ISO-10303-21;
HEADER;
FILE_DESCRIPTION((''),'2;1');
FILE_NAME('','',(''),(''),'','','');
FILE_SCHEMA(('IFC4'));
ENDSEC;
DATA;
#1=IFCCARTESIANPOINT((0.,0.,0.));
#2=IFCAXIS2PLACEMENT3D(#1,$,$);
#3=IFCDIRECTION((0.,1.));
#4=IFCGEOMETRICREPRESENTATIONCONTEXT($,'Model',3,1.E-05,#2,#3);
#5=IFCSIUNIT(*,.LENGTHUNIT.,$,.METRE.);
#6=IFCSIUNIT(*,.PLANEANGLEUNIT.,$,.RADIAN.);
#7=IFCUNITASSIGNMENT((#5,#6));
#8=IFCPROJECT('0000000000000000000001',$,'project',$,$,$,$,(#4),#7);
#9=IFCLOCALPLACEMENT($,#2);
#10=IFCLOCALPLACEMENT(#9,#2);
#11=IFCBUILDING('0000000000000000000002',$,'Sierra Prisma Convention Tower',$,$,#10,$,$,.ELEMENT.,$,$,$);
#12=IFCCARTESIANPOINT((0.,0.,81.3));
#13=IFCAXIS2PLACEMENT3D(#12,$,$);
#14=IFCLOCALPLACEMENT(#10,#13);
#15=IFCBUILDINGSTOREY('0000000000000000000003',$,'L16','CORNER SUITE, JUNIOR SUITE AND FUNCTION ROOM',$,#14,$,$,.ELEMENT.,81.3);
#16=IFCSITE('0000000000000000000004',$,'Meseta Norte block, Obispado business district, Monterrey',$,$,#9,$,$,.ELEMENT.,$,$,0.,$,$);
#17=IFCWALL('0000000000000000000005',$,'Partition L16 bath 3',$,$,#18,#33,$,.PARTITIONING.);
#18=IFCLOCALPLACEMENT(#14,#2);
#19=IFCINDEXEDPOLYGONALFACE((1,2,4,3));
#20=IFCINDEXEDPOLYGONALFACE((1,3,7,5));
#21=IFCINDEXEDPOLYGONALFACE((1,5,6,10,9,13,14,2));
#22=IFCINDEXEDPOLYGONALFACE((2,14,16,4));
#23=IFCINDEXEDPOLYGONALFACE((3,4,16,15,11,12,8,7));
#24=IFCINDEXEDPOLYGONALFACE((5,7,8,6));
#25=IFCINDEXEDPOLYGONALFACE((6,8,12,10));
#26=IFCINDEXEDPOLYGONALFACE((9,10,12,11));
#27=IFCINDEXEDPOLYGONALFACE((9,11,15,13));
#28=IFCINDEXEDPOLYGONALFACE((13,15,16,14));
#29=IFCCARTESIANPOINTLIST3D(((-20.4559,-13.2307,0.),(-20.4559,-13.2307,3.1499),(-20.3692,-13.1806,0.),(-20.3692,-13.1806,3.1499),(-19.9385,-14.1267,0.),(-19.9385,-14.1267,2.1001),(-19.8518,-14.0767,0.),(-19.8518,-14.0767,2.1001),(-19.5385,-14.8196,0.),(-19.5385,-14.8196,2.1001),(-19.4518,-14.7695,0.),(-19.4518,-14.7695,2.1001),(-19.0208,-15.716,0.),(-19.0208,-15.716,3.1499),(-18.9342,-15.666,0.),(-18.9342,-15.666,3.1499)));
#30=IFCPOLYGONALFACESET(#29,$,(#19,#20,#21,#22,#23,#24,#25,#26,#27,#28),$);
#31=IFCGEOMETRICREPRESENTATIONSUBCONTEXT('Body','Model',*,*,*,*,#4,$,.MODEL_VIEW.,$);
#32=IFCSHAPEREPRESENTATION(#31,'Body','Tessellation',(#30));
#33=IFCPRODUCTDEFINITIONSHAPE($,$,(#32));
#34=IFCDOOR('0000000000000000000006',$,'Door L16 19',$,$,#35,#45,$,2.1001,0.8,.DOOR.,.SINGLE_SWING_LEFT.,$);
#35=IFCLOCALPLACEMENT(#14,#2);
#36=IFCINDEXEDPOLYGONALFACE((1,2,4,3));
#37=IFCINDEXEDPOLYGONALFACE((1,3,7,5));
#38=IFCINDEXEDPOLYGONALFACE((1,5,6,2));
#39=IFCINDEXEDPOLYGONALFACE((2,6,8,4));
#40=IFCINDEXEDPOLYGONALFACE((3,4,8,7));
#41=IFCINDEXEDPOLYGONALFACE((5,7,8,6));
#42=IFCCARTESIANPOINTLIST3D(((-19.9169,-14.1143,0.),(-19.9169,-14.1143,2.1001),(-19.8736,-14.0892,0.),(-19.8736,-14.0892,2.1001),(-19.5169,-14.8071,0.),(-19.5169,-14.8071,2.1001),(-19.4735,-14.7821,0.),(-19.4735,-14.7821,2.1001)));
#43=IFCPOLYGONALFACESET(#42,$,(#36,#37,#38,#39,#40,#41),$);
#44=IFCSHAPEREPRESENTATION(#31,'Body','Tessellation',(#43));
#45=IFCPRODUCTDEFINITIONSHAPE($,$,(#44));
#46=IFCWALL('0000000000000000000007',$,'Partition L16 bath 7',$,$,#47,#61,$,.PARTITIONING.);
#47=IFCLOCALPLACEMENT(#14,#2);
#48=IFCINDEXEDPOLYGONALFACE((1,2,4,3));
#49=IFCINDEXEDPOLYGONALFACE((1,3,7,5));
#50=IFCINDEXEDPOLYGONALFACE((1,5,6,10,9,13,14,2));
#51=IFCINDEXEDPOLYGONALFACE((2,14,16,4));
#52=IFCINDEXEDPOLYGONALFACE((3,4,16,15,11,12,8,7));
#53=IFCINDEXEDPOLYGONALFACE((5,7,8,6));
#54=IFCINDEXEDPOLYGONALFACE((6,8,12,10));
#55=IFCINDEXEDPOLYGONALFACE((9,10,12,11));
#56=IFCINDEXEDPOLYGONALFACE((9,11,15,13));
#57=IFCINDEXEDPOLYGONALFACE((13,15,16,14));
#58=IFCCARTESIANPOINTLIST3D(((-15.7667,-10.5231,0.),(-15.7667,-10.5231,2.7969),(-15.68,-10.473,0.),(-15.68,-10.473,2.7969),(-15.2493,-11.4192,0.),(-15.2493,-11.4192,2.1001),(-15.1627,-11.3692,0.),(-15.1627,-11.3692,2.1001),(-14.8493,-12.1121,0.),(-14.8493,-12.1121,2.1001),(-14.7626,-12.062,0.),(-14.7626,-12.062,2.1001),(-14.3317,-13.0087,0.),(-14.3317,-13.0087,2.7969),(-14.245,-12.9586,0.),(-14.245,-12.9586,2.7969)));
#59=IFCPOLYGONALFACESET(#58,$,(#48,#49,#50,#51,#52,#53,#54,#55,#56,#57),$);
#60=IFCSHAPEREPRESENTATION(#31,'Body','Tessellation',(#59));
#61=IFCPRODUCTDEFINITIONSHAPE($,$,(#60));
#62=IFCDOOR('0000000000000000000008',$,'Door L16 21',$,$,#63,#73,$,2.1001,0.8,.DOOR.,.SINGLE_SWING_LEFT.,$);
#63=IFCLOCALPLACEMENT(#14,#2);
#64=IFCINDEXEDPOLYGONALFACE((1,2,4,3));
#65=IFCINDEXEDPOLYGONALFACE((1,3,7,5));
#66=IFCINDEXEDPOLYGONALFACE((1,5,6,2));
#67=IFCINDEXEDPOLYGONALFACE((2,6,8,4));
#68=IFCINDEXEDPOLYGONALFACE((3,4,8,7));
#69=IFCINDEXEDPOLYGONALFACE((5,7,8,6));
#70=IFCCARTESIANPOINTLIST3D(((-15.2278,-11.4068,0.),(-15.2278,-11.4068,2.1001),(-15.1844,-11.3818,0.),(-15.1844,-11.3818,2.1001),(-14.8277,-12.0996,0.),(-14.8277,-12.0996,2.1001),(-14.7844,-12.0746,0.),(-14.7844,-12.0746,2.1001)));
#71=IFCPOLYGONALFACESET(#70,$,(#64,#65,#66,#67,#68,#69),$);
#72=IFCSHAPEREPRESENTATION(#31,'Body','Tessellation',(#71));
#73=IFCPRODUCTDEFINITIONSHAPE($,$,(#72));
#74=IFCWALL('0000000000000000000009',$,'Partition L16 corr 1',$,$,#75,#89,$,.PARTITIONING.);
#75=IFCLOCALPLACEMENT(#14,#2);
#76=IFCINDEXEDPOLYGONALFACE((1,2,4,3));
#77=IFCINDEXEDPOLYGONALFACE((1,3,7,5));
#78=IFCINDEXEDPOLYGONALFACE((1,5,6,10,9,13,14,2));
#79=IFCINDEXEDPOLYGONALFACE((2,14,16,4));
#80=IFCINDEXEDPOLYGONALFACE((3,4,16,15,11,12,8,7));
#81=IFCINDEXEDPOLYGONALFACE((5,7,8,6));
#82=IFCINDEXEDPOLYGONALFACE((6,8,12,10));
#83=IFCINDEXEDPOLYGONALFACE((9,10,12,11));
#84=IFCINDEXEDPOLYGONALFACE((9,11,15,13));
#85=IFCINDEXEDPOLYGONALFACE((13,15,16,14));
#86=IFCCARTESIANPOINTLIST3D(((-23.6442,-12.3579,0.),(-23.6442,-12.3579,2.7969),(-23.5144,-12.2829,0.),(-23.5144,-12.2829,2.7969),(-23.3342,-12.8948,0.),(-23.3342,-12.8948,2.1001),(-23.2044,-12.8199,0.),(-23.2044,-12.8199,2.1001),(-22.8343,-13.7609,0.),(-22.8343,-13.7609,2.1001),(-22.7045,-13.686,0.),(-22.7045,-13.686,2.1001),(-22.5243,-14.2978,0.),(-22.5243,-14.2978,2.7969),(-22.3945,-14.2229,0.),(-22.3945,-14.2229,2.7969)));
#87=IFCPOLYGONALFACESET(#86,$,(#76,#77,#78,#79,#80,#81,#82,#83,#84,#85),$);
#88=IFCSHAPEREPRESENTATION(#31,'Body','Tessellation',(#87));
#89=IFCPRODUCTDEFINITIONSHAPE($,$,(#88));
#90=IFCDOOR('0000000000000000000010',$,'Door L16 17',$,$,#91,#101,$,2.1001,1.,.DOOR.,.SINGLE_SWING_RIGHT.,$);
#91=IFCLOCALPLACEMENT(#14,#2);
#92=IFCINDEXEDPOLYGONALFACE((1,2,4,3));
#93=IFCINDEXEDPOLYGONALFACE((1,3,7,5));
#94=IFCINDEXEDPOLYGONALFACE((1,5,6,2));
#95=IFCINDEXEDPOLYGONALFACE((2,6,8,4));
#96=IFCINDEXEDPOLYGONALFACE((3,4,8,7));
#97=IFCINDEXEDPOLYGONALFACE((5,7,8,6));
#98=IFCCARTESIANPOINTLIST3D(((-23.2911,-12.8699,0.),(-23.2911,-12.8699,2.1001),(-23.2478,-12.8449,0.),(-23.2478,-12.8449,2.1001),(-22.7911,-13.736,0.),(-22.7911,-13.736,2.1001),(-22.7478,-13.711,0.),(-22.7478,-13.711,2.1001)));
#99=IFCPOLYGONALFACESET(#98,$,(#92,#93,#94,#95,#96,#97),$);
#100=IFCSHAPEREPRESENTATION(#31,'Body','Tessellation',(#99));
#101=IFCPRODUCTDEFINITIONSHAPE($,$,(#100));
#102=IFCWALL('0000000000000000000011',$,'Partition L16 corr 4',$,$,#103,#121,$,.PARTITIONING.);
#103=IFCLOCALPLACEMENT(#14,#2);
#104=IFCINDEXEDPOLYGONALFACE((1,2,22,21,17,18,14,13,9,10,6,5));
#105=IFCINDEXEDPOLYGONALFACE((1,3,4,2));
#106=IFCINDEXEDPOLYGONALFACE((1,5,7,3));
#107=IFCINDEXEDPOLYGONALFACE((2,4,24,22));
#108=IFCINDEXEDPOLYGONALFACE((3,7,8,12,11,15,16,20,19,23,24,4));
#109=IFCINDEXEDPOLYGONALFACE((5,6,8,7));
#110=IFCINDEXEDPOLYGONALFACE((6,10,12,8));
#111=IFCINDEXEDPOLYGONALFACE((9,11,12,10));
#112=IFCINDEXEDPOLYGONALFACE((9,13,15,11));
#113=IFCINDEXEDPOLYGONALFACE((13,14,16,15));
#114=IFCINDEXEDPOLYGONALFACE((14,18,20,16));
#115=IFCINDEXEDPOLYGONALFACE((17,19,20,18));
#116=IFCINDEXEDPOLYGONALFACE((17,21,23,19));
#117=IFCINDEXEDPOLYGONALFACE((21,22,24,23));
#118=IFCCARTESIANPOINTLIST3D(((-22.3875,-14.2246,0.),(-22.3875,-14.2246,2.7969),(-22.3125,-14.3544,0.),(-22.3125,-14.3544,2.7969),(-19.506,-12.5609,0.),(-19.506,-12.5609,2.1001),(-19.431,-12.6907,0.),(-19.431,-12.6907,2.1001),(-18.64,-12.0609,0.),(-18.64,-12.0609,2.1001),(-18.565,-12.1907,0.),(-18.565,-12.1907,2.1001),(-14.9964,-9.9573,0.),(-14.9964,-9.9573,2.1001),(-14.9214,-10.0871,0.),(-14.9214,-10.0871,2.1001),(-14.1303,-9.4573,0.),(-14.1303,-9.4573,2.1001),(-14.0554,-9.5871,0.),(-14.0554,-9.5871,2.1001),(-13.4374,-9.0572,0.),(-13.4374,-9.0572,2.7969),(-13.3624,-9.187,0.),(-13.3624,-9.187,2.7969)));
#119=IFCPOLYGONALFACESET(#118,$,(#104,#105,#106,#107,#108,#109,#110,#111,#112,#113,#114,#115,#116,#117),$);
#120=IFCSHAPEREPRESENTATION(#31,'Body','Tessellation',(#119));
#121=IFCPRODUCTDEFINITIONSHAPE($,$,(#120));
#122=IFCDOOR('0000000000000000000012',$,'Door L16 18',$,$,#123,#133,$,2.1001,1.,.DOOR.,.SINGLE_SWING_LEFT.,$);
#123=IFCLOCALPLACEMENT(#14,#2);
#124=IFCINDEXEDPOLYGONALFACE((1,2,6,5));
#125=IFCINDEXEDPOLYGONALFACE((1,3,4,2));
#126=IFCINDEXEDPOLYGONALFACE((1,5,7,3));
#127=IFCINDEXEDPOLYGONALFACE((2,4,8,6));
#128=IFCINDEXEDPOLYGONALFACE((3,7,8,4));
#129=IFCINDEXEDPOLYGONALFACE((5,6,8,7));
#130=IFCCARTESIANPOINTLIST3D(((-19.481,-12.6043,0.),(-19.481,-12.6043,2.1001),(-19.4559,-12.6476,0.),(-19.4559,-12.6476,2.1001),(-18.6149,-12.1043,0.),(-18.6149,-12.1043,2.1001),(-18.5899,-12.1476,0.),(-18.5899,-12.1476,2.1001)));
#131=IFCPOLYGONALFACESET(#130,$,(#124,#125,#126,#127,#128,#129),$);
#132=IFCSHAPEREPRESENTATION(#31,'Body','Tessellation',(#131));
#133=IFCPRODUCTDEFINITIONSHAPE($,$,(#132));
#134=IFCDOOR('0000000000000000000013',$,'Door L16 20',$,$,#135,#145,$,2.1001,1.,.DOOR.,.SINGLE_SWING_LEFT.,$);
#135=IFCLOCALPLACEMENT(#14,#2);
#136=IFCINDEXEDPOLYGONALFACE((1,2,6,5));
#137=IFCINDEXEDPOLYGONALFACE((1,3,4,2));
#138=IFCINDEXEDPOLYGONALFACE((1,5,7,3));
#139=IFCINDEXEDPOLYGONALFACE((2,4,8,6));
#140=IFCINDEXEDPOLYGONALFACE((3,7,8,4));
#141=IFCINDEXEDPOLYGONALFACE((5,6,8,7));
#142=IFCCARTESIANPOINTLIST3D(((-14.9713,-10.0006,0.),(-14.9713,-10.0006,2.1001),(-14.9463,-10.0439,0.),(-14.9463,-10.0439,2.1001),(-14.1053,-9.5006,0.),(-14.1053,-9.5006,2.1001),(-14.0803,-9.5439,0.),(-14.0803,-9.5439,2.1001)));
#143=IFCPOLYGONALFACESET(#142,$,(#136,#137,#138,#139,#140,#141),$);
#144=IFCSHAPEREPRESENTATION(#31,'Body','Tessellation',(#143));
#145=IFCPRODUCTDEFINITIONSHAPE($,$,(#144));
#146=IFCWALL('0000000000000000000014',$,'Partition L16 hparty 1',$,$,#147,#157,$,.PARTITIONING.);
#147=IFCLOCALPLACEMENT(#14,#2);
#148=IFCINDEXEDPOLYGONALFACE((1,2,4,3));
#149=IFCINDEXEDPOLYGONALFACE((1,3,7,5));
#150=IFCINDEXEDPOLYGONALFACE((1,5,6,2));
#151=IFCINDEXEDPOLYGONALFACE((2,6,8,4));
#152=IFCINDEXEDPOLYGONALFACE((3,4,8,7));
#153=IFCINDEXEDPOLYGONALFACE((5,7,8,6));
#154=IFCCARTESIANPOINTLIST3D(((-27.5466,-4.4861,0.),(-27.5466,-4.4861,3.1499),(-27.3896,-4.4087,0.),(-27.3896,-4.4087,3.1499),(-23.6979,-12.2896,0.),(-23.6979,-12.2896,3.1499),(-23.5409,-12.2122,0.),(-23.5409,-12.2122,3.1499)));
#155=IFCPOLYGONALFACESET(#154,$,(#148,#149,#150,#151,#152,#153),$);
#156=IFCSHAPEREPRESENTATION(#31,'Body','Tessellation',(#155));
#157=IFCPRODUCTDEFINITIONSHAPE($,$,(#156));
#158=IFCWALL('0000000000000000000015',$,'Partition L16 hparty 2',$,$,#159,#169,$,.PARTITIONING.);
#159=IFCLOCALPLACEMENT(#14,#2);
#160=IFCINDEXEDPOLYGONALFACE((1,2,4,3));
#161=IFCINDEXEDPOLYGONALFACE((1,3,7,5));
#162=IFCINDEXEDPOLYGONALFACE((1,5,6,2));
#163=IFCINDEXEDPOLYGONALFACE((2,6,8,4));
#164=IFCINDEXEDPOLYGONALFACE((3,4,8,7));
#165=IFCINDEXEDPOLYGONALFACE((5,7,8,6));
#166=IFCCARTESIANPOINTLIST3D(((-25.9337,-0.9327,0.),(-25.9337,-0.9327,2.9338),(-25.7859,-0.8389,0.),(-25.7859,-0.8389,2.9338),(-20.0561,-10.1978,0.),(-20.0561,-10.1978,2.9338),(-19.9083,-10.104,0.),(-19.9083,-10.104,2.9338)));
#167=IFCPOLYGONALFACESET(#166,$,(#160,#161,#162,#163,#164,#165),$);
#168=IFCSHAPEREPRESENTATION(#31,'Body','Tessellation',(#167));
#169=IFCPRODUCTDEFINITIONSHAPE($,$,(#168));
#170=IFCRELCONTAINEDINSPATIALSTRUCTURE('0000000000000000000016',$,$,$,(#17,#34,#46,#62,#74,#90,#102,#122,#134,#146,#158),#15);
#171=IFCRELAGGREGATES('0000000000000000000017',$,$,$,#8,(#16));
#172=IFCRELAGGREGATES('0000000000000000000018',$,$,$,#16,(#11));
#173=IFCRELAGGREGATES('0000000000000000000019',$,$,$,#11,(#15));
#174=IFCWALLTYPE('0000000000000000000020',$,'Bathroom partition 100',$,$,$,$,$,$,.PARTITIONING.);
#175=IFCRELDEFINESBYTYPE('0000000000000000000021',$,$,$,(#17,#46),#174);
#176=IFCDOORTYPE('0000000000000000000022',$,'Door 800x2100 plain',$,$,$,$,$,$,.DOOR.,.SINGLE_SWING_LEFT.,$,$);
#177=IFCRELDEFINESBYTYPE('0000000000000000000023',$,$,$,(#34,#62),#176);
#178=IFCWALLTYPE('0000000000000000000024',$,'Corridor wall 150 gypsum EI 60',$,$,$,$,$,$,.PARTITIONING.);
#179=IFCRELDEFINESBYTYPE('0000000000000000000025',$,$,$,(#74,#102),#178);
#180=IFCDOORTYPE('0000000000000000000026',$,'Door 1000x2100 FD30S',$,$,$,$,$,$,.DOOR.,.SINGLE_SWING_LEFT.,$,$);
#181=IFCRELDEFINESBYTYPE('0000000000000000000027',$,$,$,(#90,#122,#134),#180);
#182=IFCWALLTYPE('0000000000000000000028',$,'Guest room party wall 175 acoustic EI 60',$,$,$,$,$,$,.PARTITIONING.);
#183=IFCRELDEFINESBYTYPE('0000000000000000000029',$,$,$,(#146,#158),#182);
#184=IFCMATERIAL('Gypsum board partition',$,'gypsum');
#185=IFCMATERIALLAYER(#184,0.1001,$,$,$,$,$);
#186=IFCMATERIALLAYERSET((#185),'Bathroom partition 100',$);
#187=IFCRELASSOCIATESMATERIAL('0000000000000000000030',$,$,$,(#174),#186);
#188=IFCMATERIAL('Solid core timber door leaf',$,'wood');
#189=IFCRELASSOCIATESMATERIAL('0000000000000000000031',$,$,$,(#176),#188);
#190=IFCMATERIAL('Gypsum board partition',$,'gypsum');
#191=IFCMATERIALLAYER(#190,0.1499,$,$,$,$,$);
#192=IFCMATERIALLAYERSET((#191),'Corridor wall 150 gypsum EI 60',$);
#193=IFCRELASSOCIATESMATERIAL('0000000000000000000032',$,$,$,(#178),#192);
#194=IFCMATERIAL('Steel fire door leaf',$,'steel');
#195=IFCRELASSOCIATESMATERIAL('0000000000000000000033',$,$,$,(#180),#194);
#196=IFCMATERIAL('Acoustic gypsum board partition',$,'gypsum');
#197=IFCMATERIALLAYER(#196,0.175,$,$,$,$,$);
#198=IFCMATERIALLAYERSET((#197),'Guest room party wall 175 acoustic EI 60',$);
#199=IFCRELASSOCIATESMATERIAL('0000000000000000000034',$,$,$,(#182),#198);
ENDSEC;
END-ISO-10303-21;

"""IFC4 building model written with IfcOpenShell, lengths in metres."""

from ifc_helpers import new_model, si_unit, direction, frame, frame_2d, origin, place, context, subcontext, project, spatial, rectangle, extrude, material, layer, layer_set, type_object, element, fill, save


model = new_model("IFC4")

# Units and contexts
model_context = context("Model", 3, precision=1e-05, world=origin(), true_north=direction((0.0, 1.0)))
body_context = subcontext(model_context, "Body", "Model", "MODEL_VIEW")
ifc_project = project(units=[si_unit("LENGTHUNIT", "METRE"), si_unit("PLANEANGLEUNIT", "RADIAN")], contexts=[model_context])

# Site, building, storey
site_placement = place(None, origin())
site = spatial("IfcSite", under=ifc_project, at=site_placement, Name="Meseta Norte block, Obispado business district, Monterrey", CompositionType="ELEMENT", RefElevation=0.0)
building_placement = place(site_placement, origin())
building = spatial("IfcBuilding", under=site, at=building_placement, Name="Sierra Prisma Convention Tower", CompositionType="ELEMENT")
storey_placement = place(building_placement, frame((0.0, 0.0, 81.3)))
storey = spatial("IfcBuildingStorey", under=building, at=storey_placement, Name="L16", Description="CORNER SUITE, JUNIOR SUITE AND FUNCTION ROOM", CompositionType="ELEMENT", Elevation=81.3)

# Shared definitions
ifc_material_1 = material(Name="Gypsum board partition", Category="gypsum")
ifc_layer_1 = layer(ifc_material_1, 0.1001)
ifc_layer_set_1 = layer_set([ifc_layer_1], Name="Bathroom partition 100")
wall_type_1 = type_object("IfcWallType", Name="Bathroom partition 100", PredefinedType="PARTITIONING", material=ifc_layer_set_1)
ifc_material_2 = material(Name="Solid core timber door leaf", Category="wood")
door_type_1 = type_object("IfcDoorType", Name="Door 800x2100 plain", OperationType="SINGLE_SWING_LEFT", PredefinedType="DOOR", material=ifc_material_2)

# Walls, openings, doors
wall_1_placement = place(storey_placement, frame((-20.4126, -13.2056, 0.0), z_axis=(0.0, 0.0, 1.0), x_axis=(0.500037, -0.866004, 0.0)))
wall_1 = element("IfcWall", 1, at=wall_1_placement, inside=storey, type_object=wall_type_1, Name="Partition L16 bath 3", PredefinedType="PARTITIONING", context=body_context, shape_type="SweptSolid", body=[
    extrude(rectangle(XDim=2.8699, YDim=0.1001, at=frame_2d((1.4351, 0.0))), origin(), (0.0, 0.0, 1.0), 3.1499),
])
opening_1_placement = place(wall_1_placement, frame((1.0349, 0.0, 0.0)))
opening_1 = element("IfcOpeningElement", 2, at=opening_1_placement, cuts=wall_1, PredefinedType="OPENING", context=body_context, shape_type="SweptSolid", body=[
    extrude(rectangle(XDim=0.8, YDim=2.1001, at=frame_2d((0.3999, 1.05))), frame((0.0, 0.05, 0.0), z_axis=(0.0, -1.0, 0.0), x_axis=(1.0, 0.0, 0.0)), (0.0, 0.0, 1.0), 0.1001),
])
door_1_placement = place(opening_1_placement, origin())
door_1 = element("IfcDoor", 3, at=door_1_placement, inside=storey, type_object=door_type_1, Name="Door L16 19", OperationType="SINGLE_SWING_LEFT", OverallHeight=2.1001, OverallWidth=0.8, PredefinedType="DOOR", context=body_context, shape_type="SweptSolid", body=[
    extrude(rectangle(XDim=0.8, YDim=2.1001, at=frame_2d((0.3999, 1.05))), frame((0.0, 0.0249, 0.0), z_axis=(0.0, -1.0, 0.0), x_axis=(1.0, 0.0, 0.0)), (0.0, 0.0, 1.0), 0.05),
])
fill(opening_1, door_1)
wall_2_placement = place(storey_placement, frame((-15.7234, -10.498, 0.0), z_axis=(0.0, 0.0, 1.0), x_axis=(0.5, -0.866026, 0.0)))
wall_2 = element("IfcWall", 4, at=wall_2_placement, inside=storey, type_object=wall_type_1, Name="Partition L16 bath 7", PredefinedType="PARTITIONING", context=body_context, shape_type="SweptSolid", body=[
    extrude(rectangle(XDim=2.8701, YDim=0.1001, at=frame_2d((1.4351, 0.0))), origin(), (0.0, 0.0, 1.0), 2.7969),
])
opening_2_placement = place(wall_2_placement, frame((1.0349, 0.0, 0.0)))
opening_2 = element("IfcOpeningElement", 5, at=opening_2_placement, cuts=wall_2, PredefinedType="OPENING", context=body_context, shape_type="SweptSolid", body=[
    extrude(rectangle(XDim=0.8, YDim=2.1001, at=frame_2d((0.3999, 1.05))), frame((0.0, 0.05, 0.0), z_axis=(0.0, -1.0, 0.0), x_axis=(1.0, 0.0, 0.0)), (0.0, 0.0, 1.0), 0.1001),
])
door_2_placement = place(opening_2_placement, origin())
door_2 = element("IfcDoor", 6, at=door_2_placement, inside=storey, type_object=door_type_1, Name="Door L16 21", OperationType="SINGLE_SWING_LEFT", OverallHeight=2.1001, OverallWidth=0.8, PredefinedType="DOOR", context=body_context, shape_type="SweptSolid", body=[
    extrude(rectangle(XDim=0.8, YDim=2.1001, at=frame_2d((0.3999, 1.05))), frame((0.0, 0.0249, 0.0), z_axis=(0.0, -1.0, 0.0), x_axis=(1.0, 0.0, 0.0)), (0.0, 0.0, 1.0), 0.05),
])
fill(opening_2, door_2)
ifc_material_3 = material(Name="Gypsum board partition", Category="gypsum")
ifc_layer_2 = layer(ifc_material_3, 0.1499)
ifc_layer_set_2 = layer_set([ifc_layer_2], Name="Corridor wall 150 gypsum EI 60")
wall_type_2 = type_object("IfcWallType", Name="Corridor wall 150 gypsum EI 60", PredefinedType="PARTITIONING", material=ifc_layer_set_2)
wall_3_placement = place(storey_placement, frame((-23.5793, -12.3203, 0.0), z_axis=(0.0, 0.0, 1.0), x_axis=(0.499949, -0.866055, 0.0)))
wall_3 = element("IfcWall", 7, at=wall_3_placement, inside=storey, type_object=wall_type_2, Name="Partition L16 corr 1", PredefinedType="PARTITIONING", context=body_context, shape_type="SweptSolid", body=[
    extrude(rectangle(XDim=2.24, YDim=0.1499, at=frame_2d((1.1201, 0.0))), origin(), (0.0, 0.0, 1.0), 2.7969),
])
opening_3_placement = place(wall_3_placement, frame((0.6201, 0.0, 0.0)))
opening_3 = element("IfcOpeningElement", 8, at=opening_3_placement, cuts=wall_3, PredefinedType="OPENING", context=body_context, shape_type="SweptSolid", body=[
    extrude(rectangle(XDim=1.0, YDim=2.1001, at=frame_2d((0.5, 1.05))), frame((0.0, 0.075, 0.0), z_axis=(0.0, -1.0, 0.0), x_axis=(1.0, 0.0, 0.0)), (0.0, 0.0, 1.0), 0.1499),
])
ifc_material_4 = material(Name="Steel fire door leaf", Category="steel")
door_type_2 = type_object("IfcDoorType", Name="Door 1000x2100 FD30S", OperationType="SINGLE_SWING_LEFT", PredefinedType="DOOR", material=ifc_material_4)
door_3_placement = place(opening_3_placement, origin())
door_3 = element("IfcDoor", 9, at=door_3_placement, inside=storey, type_object=door_type_2, Name="Door L16 17", OperationType="SINGLE_SWING_RIGHT", OverallHeight=2.1001, OverallWidth=1.0, PredefinedType="DOOR", context=body_context, shape_type="SweptSolid", body=[
    extrude(rectangle(XDim=1.0, YDim=2.1001, at=frame_2d((0.5, 1.05))), frame((0.0, 0.0249, 0.0), z_axis=(0.0, -1.0, 0.0), x_axis=(1.0, 0.0, 0.0)), (0.0, 0.0, 1.0), 0.05),
])
fill(opening_3, door_3)

# Wall, openings, doors
wall_4_placement = place(storey_placement, frame((-22.3501, -14.2896, 0.0), z_axis=(0.0, 0.0, 1.0), x_axis=(0.866022, 0.500006, 0.0)))
wall_4 = element("IfcWall", 10, at=wall_4_placement, inside=storey, type_object=wall_type_2, Name="Partition L16 corr 4", PredefinedType="PARTITIONING", context=body_context, shape_type="SweptSolid", body=[
    extrude(rectangle(XDim=10.3347, YDim=0.1499, at=frame_2d((5.1675, 0.0))), origin(), (0.0, 0.0, 1.0), 2.7969),
])
opening_4_placement = place(wall_4_placement, frame((3.3274, 0.0, 0.0)))
opening_4 = element("IfcOpeningElement", 11, at=opening_4_placement, cuts=wall_4, PredefinedType="OPENING", context=body_context, shape_type="SweptSolid", body=[
    extrude(rectangle(XDim=1.0, YDim=2.1001, at=frame_2d((0.5, 1.05))), frame((0.0, 0.075, 0.0), z_axis=(0.0, -1.0, 0.0), x_axis=(1.0, 0.0, 0.0)), (0.0, 0.0, 1.0), 0.1499),
])
opening_5_placement = place(wall_4_placement, frame((8.5347, 0.0, 0.0)))
opening_5 = element("IfcOpeningElement", 12, at=opening_5_placement, cuts=wall_4, PredefinedType="OPENING", context=body_context, shape_type="SweptSolid", body=[
    extrude(rectangle(XDim=1.0, YDim=2.1001, at=frame_2d((0.5, 1.05))), frame((0.0, 0.075, 0.0), z_axis=(0.0, -1.0, 0.0), x_axis=(1.0, 0.0, 0.0)), (0.0, 0.0, 1.0), 0.1499),
])
door_4_placement = place(opening_4_placement, origin())
door_4 = element("IfcDoor", 13, at=door_4_placement, inside=storey, type_object=door_type_2, Name="Door L16 18", OperationType="SINGLE_SWING_LEFT", OverallHeight=2.1001, OverallWidth=1.0, PredefinedType="DOOR", context=body_context, shape_type="SweptSolid", body=[
    extrude(rectangle(XDim=1.0, YDim=2.1001, at=frame_2d((0.5, 1.05))), frame((0.0, 0.0249, 0.0), z_axis=(0.0, -1.0, 0.0), x_axis=(1.0, 0.0, 0.0)), (0.0, 0.0, 1.0), 0.05),
])
fill(opening_4, door_4)
door_5_placement = place(opening_5_placement, origin())
door_5 = element("IfcDoor", 14, at=door_5_placement, inside=storey, type_object=door_type_2, Name="Door L16 20", OperationType="SINGLE_SWING_LEFT", OverallHeight=2.1001, OverallWidth=1.0, PredefinedType="DOOR", context=body_context, shape_type="SweptSolid", body=[
    extrude(rectangle(XDim=1.0, YDim=2.1001, at=frame_2d((0.5, 1.05))), frame((0.0, 0.0249, 0.0), z_axis=(0.0, -1.0, 0.0), x_axis=(1.0, 0.0, 0.0)), (0.0, 0.0, 1.0), 0.05),
])
fill(opening_5, door_5)

# Walls
ifc_material_5 = material(Name="Acoustic gypsum board partition", Category="gypsum")
ifc_layer_3 = layer(ifc_material_5, 0.175)
ifc_layer_set_3 = layer_set([ifc_layer_3], Name="Guest room party wall 175 acoustic EI 60")
wall_type_3 = type_object("IfcWallType", Name="Guest room party wall 175 acoustic EI 60", PredefinedType="PARTITIONING", material=ifc_layer_set_3)
wall_5_placement = place(storey_placement, frame((-23.6194, -12.251, 0.0), z_axis=(0.0, 0.0, 1.0), x_axis=(-0.442325, 0.896855, 0.0)))
element("IfcWall", 15, at=wall_5_placement, inside=storey, type_object=wall_type_3, Name="Partition L16 hparty 1", PredefinedType="PARTITIONING", context=body_context, shape_type="SweptSolid", body=[
    extrude(rectangle(XDim=8.7009, YDim=0.175, at=frame_2d((4.3506, 0.0))), origin(), (0.0, 0.0, 1.0), 3.1499),
])
wall_6_placement = place(storey_placement, frame((-19.9822, -10.1509, 0.0), z_axis=(0.0, 0.0, 1.0), x_axis=(-0.535687, 0.844417, 0.0)))
element("IfcWall", 16, at=wall_6_placement, inside=storey, type_object=wall_type_3, Name="Partition L16 hparty 2", PredefinedType="PARTITIONING", context=body_context, shape_type="SweptSolid", body=[
    extrude(rectangle(XDim=10.9722, YDim=0.175, at=frame_2d((5.4861, 0.0))), origin(), (0.0, 0.0, 1.0), 2.9338),
])

save(model, "model.ifc")
